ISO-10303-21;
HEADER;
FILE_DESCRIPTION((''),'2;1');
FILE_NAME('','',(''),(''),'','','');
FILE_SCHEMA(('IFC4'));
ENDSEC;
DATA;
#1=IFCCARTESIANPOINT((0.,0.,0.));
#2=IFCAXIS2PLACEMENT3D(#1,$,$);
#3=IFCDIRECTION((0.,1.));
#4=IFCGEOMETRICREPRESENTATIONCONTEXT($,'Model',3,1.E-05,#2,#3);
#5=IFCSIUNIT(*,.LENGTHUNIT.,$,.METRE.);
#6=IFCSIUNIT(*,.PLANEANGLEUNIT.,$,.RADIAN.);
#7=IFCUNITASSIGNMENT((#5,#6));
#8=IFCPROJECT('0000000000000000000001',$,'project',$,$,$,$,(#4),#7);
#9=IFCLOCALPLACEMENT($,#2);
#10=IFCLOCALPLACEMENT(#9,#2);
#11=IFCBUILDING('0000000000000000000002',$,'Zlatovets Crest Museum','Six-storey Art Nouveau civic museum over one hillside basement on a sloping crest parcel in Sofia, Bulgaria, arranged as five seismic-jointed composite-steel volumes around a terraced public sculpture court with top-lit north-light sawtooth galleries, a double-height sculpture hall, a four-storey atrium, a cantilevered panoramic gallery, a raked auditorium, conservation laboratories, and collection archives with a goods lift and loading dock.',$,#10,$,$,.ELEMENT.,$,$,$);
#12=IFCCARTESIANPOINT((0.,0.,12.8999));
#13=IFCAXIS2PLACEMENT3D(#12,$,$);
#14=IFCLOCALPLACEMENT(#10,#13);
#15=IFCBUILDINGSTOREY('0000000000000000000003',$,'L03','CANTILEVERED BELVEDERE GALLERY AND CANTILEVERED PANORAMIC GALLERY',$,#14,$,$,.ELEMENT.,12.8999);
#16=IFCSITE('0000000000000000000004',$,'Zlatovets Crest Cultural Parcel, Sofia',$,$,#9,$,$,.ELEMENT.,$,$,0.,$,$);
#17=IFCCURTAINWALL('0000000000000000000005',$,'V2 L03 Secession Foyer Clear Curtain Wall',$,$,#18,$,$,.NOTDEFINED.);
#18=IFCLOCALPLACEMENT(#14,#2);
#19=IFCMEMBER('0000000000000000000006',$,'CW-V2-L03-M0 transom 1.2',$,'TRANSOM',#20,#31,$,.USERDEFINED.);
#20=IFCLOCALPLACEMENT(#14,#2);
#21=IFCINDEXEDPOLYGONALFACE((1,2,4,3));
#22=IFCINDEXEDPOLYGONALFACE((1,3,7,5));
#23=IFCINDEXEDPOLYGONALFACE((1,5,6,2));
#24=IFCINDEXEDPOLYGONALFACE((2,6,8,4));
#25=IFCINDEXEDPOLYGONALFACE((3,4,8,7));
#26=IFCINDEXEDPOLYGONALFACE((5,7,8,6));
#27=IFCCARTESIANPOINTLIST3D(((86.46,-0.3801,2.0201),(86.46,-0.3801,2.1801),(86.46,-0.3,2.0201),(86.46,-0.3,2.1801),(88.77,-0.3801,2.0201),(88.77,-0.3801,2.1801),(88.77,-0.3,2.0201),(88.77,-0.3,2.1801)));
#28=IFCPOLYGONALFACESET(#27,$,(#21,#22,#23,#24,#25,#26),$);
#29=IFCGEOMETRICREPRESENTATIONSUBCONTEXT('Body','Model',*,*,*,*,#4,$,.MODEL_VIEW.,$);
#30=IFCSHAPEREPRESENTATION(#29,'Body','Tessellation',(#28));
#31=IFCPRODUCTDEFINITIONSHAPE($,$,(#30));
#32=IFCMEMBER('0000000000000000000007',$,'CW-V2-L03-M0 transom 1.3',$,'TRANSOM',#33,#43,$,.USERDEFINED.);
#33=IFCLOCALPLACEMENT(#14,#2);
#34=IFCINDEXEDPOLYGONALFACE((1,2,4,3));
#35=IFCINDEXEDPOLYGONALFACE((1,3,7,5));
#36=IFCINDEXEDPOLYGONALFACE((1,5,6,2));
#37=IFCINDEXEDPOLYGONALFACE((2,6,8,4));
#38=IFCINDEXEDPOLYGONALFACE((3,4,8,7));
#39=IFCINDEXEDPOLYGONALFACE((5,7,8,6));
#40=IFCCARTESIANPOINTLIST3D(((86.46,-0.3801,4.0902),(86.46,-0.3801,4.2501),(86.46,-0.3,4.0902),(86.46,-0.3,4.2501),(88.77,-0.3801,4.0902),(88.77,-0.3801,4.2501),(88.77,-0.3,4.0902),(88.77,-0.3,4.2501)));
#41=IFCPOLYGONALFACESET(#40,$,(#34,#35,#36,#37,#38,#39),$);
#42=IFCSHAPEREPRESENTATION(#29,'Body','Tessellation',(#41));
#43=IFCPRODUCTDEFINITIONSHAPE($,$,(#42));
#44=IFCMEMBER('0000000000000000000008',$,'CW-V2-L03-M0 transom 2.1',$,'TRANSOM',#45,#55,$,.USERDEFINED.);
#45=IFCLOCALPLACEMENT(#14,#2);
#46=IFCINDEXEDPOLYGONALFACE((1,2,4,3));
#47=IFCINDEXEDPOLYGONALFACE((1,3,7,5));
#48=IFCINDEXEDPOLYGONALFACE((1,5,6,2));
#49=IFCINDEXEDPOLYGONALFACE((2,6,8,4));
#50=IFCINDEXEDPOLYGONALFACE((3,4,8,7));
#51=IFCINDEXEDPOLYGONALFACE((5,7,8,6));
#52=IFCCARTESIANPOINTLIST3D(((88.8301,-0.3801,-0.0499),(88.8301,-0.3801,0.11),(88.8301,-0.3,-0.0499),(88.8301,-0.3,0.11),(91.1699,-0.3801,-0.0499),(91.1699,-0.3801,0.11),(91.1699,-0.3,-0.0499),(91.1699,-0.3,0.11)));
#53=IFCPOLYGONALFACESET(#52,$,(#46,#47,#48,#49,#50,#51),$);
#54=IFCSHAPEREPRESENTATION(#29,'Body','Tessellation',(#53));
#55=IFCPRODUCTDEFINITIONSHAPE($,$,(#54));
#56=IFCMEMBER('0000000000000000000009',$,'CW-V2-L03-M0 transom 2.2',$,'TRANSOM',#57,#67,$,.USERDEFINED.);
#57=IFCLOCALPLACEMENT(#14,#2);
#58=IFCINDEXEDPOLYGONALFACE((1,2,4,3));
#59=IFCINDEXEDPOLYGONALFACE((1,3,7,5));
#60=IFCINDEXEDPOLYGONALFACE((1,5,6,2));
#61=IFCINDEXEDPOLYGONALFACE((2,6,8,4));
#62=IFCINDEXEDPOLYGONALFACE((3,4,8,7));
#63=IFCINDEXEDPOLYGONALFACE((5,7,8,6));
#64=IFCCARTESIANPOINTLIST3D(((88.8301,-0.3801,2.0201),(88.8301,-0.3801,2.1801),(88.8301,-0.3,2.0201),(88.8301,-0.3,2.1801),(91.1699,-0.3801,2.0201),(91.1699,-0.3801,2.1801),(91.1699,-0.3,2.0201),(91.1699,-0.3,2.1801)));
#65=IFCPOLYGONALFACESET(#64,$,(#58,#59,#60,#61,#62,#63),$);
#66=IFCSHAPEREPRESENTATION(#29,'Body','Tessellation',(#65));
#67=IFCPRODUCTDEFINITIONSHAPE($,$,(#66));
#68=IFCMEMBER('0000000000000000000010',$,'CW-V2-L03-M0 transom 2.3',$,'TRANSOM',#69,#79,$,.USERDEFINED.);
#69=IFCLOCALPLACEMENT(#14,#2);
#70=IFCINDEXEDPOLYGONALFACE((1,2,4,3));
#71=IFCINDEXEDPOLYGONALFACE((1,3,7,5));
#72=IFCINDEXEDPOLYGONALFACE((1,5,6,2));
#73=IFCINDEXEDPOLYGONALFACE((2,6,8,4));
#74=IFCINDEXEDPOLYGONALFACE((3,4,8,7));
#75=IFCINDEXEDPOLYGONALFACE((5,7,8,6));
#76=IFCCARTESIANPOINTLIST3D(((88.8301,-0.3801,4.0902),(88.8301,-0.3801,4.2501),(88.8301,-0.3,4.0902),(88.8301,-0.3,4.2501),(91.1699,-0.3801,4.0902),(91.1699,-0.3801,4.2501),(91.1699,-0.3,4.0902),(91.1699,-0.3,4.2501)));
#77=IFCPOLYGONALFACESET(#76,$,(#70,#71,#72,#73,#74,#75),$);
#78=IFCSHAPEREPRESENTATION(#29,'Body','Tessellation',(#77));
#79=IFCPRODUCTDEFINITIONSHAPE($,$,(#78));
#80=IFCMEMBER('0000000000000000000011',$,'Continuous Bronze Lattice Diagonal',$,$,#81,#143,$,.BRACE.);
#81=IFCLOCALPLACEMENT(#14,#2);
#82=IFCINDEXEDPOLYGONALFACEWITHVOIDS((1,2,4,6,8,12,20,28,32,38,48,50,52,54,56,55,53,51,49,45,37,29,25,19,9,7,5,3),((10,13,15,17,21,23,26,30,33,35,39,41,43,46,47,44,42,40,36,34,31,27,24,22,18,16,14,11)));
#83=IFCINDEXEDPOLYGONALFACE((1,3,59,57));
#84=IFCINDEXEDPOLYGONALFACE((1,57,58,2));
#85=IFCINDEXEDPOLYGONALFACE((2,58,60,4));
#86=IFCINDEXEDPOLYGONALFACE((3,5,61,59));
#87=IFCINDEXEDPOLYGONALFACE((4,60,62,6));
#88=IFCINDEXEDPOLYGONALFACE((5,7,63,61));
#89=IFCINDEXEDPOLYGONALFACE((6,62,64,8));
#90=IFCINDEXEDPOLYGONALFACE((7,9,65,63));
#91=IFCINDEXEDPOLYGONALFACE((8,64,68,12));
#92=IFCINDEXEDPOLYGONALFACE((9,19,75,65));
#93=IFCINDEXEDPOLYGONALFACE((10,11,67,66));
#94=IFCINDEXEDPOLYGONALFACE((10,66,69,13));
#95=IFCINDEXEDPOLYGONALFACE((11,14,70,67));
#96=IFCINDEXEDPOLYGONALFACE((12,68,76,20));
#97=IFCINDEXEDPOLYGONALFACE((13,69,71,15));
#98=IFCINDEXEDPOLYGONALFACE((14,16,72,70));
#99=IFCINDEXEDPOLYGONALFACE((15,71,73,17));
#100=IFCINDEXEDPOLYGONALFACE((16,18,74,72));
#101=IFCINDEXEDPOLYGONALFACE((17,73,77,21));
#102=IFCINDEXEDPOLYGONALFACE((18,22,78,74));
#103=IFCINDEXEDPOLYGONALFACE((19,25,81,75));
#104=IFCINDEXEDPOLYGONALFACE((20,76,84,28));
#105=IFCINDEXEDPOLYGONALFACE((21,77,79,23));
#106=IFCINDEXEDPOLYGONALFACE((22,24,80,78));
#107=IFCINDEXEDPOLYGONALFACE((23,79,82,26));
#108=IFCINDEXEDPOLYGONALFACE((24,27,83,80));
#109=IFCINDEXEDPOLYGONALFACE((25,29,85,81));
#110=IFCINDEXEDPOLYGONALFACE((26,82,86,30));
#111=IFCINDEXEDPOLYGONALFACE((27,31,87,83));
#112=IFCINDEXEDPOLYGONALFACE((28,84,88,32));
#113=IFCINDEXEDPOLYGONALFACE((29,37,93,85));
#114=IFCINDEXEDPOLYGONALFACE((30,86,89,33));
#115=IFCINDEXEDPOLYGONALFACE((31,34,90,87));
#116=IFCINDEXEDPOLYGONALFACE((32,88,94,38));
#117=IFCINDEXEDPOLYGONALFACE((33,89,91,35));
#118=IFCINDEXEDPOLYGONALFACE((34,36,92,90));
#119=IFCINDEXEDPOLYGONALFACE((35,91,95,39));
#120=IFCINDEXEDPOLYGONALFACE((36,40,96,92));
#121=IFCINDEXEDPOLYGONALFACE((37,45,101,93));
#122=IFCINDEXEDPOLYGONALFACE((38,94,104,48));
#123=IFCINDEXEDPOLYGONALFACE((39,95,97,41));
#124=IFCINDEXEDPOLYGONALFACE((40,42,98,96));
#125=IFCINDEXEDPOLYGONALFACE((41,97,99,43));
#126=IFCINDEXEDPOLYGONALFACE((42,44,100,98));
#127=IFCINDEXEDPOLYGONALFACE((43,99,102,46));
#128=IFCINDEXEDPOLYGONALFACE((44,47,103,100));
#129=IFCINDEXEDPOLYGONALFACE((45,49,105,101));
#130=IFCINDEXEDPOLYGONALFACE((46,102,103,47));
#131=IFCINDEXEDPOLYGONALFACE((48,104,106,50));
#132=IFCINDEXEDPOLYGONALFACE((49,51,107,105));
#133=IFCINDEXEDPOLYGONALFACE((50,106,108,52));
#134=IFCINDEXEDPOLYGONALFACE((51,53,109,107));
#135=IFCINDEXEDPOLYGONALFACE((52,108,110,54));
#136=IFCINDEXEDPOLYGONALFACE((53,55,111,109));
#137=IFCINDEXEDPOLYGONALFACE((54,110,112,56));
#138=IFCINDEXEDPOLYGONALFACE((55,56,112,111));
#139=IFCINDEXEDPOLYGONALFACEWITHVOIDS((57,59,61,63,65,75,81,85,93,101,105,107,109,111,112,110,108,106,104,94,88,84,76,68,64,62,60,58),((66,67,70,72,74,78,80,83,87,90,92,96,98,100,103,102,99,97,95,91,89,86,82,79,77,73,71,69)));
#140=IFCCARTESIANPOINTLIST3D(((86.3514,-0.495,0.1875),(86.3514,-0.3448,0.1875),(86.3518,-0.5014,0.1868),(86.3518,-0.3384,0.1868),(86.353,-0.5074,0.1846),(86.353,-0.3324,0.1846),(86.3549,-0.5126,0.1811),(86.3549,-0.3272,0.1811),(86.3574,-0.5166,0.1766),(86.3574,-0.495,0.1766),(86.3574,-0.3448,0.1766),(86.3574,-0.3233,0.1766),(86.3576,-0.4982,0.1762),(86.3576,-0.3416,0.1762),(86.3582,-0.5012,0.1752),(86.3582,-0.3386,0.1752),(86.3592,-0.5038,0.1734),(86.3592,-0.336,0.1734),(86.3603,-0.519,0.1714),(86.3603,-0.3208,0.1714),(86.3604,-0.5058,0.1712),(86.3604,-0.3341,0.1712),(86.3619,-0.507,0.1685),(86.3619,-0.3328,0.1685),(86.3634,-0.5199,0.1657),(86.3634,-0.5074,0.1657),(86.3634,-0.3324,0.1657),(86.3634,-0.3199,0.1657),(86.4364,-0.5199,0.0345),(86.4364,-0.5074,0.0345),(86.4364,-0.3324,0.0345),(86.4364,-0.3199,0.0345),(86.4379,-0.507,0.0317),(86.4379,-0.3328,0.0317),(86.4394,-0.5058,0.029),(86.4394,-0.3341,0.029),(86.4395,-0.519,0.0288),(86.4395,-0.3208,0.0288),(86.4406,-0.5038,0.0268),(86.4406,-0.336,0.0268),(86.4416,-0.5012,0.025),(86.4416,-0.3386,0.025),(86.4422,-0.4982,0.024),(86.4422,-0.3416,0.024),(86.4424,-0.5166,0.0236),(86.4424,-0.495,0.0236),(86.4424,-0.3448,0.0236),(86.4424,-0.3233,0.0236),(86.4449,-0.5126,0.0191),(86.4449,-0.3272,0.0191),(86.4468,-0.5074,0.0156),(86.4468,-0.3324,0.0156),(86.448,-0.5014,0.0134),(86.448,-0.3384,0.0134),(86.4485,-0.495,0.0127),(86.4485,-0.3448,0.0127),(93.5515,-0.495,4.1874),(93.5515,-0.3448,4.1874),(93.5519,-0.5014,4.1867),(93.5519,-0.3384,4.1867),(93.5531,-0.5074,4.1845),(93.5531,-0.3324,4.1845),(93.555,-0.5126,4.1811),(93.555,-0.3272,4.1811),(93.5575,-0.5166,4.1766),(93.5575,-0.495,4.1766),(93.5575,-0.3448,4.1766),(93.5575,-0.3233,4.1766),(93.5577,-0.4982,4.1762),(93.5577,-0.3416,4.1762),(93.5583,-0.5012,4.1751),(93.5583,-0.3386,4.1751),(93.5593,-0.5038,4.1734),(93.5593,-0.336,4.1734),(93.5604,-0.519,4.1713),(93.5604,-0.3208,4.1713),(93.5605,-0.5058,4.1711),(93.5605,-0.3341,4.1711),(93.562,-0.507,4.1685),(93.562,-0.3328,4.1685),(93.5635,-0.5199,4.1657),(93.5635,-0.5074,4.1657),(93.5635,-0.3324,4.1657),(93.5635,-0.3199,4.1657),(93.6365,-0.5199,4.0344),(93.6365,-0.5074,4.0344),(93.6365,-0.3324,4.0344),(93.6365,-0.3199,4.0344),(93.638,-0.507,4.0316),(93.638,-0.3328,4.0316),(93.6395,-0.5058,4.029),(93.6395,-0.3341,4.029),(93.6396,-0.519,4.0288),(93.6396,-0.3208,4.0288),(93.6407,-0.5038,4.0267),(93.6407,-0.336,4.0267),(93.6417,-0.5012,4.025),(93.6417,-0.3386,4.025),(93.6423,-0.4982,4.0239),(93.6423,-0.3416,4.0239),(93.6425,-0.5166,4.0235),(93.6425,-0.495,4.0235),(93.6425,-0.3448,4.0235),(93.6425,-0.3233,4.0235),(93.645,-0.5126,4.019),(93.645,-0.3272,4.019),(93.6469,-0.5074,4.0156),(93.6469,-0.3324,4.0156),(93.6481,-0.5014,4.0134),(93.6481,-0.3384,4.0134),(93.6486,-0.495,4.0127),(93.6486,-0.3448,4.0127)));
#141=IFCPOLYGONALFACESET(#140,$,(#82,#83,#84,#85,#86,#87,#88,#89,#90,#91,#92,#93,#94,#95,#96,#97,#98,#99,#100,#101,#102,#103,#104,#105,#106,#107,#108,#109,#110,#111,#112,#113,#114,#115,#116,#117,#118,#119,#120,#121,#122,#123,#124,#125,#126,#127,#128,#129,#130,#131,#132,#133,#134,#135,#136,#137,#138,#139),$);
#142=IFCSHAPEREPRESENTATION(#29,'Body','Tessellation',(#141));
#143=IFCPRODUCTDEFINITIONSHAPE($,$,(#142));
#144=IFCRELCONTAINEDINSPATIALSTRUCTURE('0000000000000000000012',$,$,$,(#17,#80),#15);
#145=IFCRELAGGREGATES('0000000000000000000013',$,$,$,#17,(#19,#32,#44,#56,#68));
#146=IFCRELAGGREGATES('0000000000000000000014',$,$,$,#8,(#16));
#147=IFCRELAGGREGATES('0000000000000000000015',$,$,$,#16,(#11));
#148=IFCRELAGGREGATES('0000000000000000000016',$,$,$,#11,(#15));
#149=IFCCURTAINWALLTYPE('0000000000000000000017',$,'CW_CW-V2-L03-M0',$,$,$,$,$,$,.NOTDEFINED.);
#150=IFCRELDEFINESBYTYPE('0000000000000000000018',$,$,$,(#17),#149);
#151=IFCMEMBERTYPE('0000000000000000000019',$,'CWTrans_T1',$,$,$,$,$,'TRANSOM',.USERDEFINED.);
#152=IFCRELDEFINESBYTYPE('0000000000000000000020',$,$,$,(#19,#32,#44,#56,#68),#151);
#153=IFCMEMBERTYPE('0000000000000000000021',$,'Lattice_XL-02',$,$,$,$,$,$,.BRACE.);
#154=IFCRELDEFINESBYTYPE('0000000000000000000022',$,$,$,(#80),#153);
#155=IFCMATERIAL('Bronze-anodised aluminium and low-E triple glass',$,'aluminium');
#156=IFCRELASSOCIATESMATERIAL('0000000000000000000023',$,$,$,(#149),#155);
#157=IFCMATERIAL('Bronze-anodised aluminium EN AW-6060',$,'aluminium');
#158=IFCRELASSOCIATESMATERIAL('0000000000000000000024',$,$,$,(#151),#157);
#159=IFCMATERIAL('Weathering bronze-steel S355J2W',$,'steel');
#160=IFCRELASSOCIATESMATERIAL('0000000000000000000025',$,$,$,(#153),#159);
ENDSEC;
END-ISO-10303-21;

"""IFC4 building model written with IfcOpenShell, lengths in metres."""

from ifc_helpers import new_model, si_unit, direction, frame, origin, origin_2d, place, context, subcontext, project, spatial, rectangle, hollow_rectangle, extrude, material, material_profile, profile_set, type_object, element, aggregate, save


model = new_model("IFC4")

# Units and contexts
model_context = context("Model", 3, precision=1e-05, world=origin(), true_north=direction((0.0, 1.0)))
body_context = subcontext(model_context, "Body", "Model", "MODEL_VIEW")
ifc_project = project(units=[si_unit("LENGTHUNIT", "METRE"), si_unit("PLANEANGLEUNIT", "RADIAN")], contexts=[model_context])

# Site, building, storey
site_placement = place(None, origin())
site = spatial("IfcSite", under=ifc_project, at=site_placement, Name="Zlatovets Crest Cultural Parcel, Sofia", CompositionType="ELEMENT", RefElevation=0.0)
building_placement = place(site_placement, origin())
building = spatial("IfcBuilding", under=site, at=building_placement, Name="Zlatovets Crest Museum", Description="Six-storey Art Nouveau civic museum over one hillside basement on a sloping crest parcel in Sofia, Bulgaria, arranged as five seismic-jointed composite-steel volumes around a terraced public sculpture court with top-lit north-light sawtooth galleries, a double-height sculpture hall, a four-storey atrium, a cantilevered panoramic gallery, a raked auditorium, conservation laboratories, and collection archives with a goods lift and loading dock.", CompositionType="ELEMENT")
storey_placement = place(building_placement, frame((0.0, 0.0, 12.8999)))
storey = spatial("IfcBuildingStorey", under=building, at=storey_placement, Name="L03", Description="CANTILEVERED BELVEDERE GALLERY AND CANTILEVERED PANORAMIC GALLERY", CompositionType="ELEMENT", Elevation=12.8999)

# Curtain wall, members
ifc_material_1 = material(Name="Bronze-anodised aluminium and low-E triple glass", Category="aluminium")
curtain_wall_type = type_object("IfcCurtainWallType", Name="CW_CW-V2-L03-M0", PredefinedType="NOTDEFINED", material=ifc_material_1)
curtain_wall_placement = place(storey_placement, origin())
curtain_wall = element("IfcCurtainWall", 1, at=curtain_wall_placement, inside=storey, type_object=curtain_wall_type, Name="V2 L03 Secession Foyer Clear Curtain Wall", PredefinedType="NOTDEFINED")
ifc_material_2 = material(Name="Bronze-anodised aluminium EN AW-6060", Category="aluminium")
ifc_material_profile_1 = material_profile(ifc_material_2, rectangle(XDim=0.0801, YDim=0.1599, at=origin_2d()), Name="ALU 80x160")
ifc_profile_set_1 = profile_set([ifc_material_profile_1], Name="Bronze-anodised aluminium EN AW-6060")
member_type_1 = type_object("IfcMemberType", Name="CWTrans_T1", ElementType="TRANSOM", PredefinedType="USERDEFINED", material=ifc_profile_set_1)
member_1_placement = place(storey_placement, frame((86.46, -0.3401, 2.1001), z_axis=(1.0, 0.0, 0.0), x_axis=(0.0, 1.0, 0.0)))
member_1 = element("IfcMember", 2, at=member_1_placement, type_object=member_type_1, Name="CW-V2-L03-M0 transom 1.2", ObjectType="TRANSOM", PredefinedType="USERDEFINED", context=body_context, shape_type="SweptSolid", body=[
    extrude(rectangle(XDim=0.0801, YDim=0.1599, at=origin_2d()), origin(), (0.0, 0.0, 1.0), 2.3101),
])
member_2_placement = place(storey_placement, frame((86.46, -0.3401, 4.1702), z_axis=(1.0, 0.0, 0.0), x_axis=(0.0, 1.0, 0.0)))
member_2 = element("IfcMember", 3, at=member_2_placement, type_object=member_type_1, Name="CW-V2-L03-M0 transom 1.3", ObjectType="TRANSOM", PredefinedType="USERDEFINED", context=body_context, shape_type="SweptSolid", body=[
    extrude(rectangle(XDim=0.0801, YDim=0.1599, at=origin_2d()), origin(), (0.0, 0.0, 1.0), 2.3101),
])
member_3_placement = place(storey_placement, frame((88.8301, -0.3401, 0.03), z_axis=(1.0, 0.0, 0.0), x_axis=(0.0, 1.0, 0.0)))
member_3 = element("IfcMember", 4, at=member_3_placement, type_object=member_type_1, Name="CW-V2-L03-M0 transom 2.1", ObjectType="TRANSOM", PredefinedType="USERDEFINED", context=body_context, shape_type="SweptSolid", body=[
    extrude(rectangle(XDim=0.0801, YDim=0.1599, at=origin_2d()), origin(), (0.0, 0.0, 1.0), 2.3398),
])
member_4_placement = place(storey_placement, frame((88.8301, -0.3401, 2.1001), z_axis=(1.0, 0.0, 0.0), x_axis=(0.0, 1.0, 0.0)))
member_4 = element("IfcMember", 5, at=member_4_placement, type_object=member_type_1, Name="CW-V2-L03-M0 transom 2.2", ObjectType="TRANSOM", PredefinedType="USERDEFINED", context=body_context, shape_type="SweptSolid", body=[
    extrude(rectangle(XDim=0.0801, YDim=0.1599, at=origin_2d()), origin(), (0.0, 0.0, 1.0), 2.3398),
])
member_5_placement = place(storey_placement, frame((88.8301, -0.3401, 4.1702), z_axis=(1.0, 0.0, 0.0), x_axis=(0.0, 1.0, 0.0)))
member_5 = element("IfcMember", 6, at=member_5_placement, type_object=member_type_1, Name="CW-V2-L03-M0 transom 2.3", ObjectType="TRANSOM", PredefinedType="USERDEFINED", context=body_context, shape_type="SweptSolid", body=[
    extrude(rectangle(XDim=0.0801, YDim=0.1599, at=origin_2d()), origin(), (0.0, 0.0, 1.0), 2.3398),
])

# Member
ifc_material_3 = material(Name="Weathering bronze-steel S355J2W", Category="steel")
ifc_material_profile_2 = material_profile(ifc_material_3, hollow_rectangle(XDim=0.2, YDim=0.2, WallThickness=0.0125, InnerFilletRadius=0.0125, OuterFilletRadius=0.0249, at=origin_2d()), Name="SHS 200x200x12.5")
ifc_profile_set_2 = profile_set([ifc_material_profile_2], Name="Weathering bronze-steel S355J2W")
member_type_2 = type_object("IfcMemberType", Name="Lattice_XL-02", PredefinedType="BRACE", material=ifc_profile_set_2)
member_6_placement = place(storey_placement, frame((86.3999, -0.4199, 0.1001), z_axis=(0.874163, 0.0, 0.485633), x_axis=(0.0, 1.0, 0.0)))
element("IfcMember", 7, at=member_6_placement, inside=storey, type_object=member_type_2, Name="Continuous Bronze Lattice Diagonal", PredefinedType="BRACE", context=body_context, shape_type="SweptSolid", body=[
    extrude(hollow_rectangle(XDim=0.2, YDim=0.2, WallThickness=0.0125, InnerFilletRadius=0.0125, OuterFilletRadius=0.0249, at=origin_2d()), origin(), (0.0, 0.0, 1.0), 8.2366),
])

aggregate(curtain_wall, [member_1, member_2, member_3, member_4, member_5])

save(model, "model.ifc")
